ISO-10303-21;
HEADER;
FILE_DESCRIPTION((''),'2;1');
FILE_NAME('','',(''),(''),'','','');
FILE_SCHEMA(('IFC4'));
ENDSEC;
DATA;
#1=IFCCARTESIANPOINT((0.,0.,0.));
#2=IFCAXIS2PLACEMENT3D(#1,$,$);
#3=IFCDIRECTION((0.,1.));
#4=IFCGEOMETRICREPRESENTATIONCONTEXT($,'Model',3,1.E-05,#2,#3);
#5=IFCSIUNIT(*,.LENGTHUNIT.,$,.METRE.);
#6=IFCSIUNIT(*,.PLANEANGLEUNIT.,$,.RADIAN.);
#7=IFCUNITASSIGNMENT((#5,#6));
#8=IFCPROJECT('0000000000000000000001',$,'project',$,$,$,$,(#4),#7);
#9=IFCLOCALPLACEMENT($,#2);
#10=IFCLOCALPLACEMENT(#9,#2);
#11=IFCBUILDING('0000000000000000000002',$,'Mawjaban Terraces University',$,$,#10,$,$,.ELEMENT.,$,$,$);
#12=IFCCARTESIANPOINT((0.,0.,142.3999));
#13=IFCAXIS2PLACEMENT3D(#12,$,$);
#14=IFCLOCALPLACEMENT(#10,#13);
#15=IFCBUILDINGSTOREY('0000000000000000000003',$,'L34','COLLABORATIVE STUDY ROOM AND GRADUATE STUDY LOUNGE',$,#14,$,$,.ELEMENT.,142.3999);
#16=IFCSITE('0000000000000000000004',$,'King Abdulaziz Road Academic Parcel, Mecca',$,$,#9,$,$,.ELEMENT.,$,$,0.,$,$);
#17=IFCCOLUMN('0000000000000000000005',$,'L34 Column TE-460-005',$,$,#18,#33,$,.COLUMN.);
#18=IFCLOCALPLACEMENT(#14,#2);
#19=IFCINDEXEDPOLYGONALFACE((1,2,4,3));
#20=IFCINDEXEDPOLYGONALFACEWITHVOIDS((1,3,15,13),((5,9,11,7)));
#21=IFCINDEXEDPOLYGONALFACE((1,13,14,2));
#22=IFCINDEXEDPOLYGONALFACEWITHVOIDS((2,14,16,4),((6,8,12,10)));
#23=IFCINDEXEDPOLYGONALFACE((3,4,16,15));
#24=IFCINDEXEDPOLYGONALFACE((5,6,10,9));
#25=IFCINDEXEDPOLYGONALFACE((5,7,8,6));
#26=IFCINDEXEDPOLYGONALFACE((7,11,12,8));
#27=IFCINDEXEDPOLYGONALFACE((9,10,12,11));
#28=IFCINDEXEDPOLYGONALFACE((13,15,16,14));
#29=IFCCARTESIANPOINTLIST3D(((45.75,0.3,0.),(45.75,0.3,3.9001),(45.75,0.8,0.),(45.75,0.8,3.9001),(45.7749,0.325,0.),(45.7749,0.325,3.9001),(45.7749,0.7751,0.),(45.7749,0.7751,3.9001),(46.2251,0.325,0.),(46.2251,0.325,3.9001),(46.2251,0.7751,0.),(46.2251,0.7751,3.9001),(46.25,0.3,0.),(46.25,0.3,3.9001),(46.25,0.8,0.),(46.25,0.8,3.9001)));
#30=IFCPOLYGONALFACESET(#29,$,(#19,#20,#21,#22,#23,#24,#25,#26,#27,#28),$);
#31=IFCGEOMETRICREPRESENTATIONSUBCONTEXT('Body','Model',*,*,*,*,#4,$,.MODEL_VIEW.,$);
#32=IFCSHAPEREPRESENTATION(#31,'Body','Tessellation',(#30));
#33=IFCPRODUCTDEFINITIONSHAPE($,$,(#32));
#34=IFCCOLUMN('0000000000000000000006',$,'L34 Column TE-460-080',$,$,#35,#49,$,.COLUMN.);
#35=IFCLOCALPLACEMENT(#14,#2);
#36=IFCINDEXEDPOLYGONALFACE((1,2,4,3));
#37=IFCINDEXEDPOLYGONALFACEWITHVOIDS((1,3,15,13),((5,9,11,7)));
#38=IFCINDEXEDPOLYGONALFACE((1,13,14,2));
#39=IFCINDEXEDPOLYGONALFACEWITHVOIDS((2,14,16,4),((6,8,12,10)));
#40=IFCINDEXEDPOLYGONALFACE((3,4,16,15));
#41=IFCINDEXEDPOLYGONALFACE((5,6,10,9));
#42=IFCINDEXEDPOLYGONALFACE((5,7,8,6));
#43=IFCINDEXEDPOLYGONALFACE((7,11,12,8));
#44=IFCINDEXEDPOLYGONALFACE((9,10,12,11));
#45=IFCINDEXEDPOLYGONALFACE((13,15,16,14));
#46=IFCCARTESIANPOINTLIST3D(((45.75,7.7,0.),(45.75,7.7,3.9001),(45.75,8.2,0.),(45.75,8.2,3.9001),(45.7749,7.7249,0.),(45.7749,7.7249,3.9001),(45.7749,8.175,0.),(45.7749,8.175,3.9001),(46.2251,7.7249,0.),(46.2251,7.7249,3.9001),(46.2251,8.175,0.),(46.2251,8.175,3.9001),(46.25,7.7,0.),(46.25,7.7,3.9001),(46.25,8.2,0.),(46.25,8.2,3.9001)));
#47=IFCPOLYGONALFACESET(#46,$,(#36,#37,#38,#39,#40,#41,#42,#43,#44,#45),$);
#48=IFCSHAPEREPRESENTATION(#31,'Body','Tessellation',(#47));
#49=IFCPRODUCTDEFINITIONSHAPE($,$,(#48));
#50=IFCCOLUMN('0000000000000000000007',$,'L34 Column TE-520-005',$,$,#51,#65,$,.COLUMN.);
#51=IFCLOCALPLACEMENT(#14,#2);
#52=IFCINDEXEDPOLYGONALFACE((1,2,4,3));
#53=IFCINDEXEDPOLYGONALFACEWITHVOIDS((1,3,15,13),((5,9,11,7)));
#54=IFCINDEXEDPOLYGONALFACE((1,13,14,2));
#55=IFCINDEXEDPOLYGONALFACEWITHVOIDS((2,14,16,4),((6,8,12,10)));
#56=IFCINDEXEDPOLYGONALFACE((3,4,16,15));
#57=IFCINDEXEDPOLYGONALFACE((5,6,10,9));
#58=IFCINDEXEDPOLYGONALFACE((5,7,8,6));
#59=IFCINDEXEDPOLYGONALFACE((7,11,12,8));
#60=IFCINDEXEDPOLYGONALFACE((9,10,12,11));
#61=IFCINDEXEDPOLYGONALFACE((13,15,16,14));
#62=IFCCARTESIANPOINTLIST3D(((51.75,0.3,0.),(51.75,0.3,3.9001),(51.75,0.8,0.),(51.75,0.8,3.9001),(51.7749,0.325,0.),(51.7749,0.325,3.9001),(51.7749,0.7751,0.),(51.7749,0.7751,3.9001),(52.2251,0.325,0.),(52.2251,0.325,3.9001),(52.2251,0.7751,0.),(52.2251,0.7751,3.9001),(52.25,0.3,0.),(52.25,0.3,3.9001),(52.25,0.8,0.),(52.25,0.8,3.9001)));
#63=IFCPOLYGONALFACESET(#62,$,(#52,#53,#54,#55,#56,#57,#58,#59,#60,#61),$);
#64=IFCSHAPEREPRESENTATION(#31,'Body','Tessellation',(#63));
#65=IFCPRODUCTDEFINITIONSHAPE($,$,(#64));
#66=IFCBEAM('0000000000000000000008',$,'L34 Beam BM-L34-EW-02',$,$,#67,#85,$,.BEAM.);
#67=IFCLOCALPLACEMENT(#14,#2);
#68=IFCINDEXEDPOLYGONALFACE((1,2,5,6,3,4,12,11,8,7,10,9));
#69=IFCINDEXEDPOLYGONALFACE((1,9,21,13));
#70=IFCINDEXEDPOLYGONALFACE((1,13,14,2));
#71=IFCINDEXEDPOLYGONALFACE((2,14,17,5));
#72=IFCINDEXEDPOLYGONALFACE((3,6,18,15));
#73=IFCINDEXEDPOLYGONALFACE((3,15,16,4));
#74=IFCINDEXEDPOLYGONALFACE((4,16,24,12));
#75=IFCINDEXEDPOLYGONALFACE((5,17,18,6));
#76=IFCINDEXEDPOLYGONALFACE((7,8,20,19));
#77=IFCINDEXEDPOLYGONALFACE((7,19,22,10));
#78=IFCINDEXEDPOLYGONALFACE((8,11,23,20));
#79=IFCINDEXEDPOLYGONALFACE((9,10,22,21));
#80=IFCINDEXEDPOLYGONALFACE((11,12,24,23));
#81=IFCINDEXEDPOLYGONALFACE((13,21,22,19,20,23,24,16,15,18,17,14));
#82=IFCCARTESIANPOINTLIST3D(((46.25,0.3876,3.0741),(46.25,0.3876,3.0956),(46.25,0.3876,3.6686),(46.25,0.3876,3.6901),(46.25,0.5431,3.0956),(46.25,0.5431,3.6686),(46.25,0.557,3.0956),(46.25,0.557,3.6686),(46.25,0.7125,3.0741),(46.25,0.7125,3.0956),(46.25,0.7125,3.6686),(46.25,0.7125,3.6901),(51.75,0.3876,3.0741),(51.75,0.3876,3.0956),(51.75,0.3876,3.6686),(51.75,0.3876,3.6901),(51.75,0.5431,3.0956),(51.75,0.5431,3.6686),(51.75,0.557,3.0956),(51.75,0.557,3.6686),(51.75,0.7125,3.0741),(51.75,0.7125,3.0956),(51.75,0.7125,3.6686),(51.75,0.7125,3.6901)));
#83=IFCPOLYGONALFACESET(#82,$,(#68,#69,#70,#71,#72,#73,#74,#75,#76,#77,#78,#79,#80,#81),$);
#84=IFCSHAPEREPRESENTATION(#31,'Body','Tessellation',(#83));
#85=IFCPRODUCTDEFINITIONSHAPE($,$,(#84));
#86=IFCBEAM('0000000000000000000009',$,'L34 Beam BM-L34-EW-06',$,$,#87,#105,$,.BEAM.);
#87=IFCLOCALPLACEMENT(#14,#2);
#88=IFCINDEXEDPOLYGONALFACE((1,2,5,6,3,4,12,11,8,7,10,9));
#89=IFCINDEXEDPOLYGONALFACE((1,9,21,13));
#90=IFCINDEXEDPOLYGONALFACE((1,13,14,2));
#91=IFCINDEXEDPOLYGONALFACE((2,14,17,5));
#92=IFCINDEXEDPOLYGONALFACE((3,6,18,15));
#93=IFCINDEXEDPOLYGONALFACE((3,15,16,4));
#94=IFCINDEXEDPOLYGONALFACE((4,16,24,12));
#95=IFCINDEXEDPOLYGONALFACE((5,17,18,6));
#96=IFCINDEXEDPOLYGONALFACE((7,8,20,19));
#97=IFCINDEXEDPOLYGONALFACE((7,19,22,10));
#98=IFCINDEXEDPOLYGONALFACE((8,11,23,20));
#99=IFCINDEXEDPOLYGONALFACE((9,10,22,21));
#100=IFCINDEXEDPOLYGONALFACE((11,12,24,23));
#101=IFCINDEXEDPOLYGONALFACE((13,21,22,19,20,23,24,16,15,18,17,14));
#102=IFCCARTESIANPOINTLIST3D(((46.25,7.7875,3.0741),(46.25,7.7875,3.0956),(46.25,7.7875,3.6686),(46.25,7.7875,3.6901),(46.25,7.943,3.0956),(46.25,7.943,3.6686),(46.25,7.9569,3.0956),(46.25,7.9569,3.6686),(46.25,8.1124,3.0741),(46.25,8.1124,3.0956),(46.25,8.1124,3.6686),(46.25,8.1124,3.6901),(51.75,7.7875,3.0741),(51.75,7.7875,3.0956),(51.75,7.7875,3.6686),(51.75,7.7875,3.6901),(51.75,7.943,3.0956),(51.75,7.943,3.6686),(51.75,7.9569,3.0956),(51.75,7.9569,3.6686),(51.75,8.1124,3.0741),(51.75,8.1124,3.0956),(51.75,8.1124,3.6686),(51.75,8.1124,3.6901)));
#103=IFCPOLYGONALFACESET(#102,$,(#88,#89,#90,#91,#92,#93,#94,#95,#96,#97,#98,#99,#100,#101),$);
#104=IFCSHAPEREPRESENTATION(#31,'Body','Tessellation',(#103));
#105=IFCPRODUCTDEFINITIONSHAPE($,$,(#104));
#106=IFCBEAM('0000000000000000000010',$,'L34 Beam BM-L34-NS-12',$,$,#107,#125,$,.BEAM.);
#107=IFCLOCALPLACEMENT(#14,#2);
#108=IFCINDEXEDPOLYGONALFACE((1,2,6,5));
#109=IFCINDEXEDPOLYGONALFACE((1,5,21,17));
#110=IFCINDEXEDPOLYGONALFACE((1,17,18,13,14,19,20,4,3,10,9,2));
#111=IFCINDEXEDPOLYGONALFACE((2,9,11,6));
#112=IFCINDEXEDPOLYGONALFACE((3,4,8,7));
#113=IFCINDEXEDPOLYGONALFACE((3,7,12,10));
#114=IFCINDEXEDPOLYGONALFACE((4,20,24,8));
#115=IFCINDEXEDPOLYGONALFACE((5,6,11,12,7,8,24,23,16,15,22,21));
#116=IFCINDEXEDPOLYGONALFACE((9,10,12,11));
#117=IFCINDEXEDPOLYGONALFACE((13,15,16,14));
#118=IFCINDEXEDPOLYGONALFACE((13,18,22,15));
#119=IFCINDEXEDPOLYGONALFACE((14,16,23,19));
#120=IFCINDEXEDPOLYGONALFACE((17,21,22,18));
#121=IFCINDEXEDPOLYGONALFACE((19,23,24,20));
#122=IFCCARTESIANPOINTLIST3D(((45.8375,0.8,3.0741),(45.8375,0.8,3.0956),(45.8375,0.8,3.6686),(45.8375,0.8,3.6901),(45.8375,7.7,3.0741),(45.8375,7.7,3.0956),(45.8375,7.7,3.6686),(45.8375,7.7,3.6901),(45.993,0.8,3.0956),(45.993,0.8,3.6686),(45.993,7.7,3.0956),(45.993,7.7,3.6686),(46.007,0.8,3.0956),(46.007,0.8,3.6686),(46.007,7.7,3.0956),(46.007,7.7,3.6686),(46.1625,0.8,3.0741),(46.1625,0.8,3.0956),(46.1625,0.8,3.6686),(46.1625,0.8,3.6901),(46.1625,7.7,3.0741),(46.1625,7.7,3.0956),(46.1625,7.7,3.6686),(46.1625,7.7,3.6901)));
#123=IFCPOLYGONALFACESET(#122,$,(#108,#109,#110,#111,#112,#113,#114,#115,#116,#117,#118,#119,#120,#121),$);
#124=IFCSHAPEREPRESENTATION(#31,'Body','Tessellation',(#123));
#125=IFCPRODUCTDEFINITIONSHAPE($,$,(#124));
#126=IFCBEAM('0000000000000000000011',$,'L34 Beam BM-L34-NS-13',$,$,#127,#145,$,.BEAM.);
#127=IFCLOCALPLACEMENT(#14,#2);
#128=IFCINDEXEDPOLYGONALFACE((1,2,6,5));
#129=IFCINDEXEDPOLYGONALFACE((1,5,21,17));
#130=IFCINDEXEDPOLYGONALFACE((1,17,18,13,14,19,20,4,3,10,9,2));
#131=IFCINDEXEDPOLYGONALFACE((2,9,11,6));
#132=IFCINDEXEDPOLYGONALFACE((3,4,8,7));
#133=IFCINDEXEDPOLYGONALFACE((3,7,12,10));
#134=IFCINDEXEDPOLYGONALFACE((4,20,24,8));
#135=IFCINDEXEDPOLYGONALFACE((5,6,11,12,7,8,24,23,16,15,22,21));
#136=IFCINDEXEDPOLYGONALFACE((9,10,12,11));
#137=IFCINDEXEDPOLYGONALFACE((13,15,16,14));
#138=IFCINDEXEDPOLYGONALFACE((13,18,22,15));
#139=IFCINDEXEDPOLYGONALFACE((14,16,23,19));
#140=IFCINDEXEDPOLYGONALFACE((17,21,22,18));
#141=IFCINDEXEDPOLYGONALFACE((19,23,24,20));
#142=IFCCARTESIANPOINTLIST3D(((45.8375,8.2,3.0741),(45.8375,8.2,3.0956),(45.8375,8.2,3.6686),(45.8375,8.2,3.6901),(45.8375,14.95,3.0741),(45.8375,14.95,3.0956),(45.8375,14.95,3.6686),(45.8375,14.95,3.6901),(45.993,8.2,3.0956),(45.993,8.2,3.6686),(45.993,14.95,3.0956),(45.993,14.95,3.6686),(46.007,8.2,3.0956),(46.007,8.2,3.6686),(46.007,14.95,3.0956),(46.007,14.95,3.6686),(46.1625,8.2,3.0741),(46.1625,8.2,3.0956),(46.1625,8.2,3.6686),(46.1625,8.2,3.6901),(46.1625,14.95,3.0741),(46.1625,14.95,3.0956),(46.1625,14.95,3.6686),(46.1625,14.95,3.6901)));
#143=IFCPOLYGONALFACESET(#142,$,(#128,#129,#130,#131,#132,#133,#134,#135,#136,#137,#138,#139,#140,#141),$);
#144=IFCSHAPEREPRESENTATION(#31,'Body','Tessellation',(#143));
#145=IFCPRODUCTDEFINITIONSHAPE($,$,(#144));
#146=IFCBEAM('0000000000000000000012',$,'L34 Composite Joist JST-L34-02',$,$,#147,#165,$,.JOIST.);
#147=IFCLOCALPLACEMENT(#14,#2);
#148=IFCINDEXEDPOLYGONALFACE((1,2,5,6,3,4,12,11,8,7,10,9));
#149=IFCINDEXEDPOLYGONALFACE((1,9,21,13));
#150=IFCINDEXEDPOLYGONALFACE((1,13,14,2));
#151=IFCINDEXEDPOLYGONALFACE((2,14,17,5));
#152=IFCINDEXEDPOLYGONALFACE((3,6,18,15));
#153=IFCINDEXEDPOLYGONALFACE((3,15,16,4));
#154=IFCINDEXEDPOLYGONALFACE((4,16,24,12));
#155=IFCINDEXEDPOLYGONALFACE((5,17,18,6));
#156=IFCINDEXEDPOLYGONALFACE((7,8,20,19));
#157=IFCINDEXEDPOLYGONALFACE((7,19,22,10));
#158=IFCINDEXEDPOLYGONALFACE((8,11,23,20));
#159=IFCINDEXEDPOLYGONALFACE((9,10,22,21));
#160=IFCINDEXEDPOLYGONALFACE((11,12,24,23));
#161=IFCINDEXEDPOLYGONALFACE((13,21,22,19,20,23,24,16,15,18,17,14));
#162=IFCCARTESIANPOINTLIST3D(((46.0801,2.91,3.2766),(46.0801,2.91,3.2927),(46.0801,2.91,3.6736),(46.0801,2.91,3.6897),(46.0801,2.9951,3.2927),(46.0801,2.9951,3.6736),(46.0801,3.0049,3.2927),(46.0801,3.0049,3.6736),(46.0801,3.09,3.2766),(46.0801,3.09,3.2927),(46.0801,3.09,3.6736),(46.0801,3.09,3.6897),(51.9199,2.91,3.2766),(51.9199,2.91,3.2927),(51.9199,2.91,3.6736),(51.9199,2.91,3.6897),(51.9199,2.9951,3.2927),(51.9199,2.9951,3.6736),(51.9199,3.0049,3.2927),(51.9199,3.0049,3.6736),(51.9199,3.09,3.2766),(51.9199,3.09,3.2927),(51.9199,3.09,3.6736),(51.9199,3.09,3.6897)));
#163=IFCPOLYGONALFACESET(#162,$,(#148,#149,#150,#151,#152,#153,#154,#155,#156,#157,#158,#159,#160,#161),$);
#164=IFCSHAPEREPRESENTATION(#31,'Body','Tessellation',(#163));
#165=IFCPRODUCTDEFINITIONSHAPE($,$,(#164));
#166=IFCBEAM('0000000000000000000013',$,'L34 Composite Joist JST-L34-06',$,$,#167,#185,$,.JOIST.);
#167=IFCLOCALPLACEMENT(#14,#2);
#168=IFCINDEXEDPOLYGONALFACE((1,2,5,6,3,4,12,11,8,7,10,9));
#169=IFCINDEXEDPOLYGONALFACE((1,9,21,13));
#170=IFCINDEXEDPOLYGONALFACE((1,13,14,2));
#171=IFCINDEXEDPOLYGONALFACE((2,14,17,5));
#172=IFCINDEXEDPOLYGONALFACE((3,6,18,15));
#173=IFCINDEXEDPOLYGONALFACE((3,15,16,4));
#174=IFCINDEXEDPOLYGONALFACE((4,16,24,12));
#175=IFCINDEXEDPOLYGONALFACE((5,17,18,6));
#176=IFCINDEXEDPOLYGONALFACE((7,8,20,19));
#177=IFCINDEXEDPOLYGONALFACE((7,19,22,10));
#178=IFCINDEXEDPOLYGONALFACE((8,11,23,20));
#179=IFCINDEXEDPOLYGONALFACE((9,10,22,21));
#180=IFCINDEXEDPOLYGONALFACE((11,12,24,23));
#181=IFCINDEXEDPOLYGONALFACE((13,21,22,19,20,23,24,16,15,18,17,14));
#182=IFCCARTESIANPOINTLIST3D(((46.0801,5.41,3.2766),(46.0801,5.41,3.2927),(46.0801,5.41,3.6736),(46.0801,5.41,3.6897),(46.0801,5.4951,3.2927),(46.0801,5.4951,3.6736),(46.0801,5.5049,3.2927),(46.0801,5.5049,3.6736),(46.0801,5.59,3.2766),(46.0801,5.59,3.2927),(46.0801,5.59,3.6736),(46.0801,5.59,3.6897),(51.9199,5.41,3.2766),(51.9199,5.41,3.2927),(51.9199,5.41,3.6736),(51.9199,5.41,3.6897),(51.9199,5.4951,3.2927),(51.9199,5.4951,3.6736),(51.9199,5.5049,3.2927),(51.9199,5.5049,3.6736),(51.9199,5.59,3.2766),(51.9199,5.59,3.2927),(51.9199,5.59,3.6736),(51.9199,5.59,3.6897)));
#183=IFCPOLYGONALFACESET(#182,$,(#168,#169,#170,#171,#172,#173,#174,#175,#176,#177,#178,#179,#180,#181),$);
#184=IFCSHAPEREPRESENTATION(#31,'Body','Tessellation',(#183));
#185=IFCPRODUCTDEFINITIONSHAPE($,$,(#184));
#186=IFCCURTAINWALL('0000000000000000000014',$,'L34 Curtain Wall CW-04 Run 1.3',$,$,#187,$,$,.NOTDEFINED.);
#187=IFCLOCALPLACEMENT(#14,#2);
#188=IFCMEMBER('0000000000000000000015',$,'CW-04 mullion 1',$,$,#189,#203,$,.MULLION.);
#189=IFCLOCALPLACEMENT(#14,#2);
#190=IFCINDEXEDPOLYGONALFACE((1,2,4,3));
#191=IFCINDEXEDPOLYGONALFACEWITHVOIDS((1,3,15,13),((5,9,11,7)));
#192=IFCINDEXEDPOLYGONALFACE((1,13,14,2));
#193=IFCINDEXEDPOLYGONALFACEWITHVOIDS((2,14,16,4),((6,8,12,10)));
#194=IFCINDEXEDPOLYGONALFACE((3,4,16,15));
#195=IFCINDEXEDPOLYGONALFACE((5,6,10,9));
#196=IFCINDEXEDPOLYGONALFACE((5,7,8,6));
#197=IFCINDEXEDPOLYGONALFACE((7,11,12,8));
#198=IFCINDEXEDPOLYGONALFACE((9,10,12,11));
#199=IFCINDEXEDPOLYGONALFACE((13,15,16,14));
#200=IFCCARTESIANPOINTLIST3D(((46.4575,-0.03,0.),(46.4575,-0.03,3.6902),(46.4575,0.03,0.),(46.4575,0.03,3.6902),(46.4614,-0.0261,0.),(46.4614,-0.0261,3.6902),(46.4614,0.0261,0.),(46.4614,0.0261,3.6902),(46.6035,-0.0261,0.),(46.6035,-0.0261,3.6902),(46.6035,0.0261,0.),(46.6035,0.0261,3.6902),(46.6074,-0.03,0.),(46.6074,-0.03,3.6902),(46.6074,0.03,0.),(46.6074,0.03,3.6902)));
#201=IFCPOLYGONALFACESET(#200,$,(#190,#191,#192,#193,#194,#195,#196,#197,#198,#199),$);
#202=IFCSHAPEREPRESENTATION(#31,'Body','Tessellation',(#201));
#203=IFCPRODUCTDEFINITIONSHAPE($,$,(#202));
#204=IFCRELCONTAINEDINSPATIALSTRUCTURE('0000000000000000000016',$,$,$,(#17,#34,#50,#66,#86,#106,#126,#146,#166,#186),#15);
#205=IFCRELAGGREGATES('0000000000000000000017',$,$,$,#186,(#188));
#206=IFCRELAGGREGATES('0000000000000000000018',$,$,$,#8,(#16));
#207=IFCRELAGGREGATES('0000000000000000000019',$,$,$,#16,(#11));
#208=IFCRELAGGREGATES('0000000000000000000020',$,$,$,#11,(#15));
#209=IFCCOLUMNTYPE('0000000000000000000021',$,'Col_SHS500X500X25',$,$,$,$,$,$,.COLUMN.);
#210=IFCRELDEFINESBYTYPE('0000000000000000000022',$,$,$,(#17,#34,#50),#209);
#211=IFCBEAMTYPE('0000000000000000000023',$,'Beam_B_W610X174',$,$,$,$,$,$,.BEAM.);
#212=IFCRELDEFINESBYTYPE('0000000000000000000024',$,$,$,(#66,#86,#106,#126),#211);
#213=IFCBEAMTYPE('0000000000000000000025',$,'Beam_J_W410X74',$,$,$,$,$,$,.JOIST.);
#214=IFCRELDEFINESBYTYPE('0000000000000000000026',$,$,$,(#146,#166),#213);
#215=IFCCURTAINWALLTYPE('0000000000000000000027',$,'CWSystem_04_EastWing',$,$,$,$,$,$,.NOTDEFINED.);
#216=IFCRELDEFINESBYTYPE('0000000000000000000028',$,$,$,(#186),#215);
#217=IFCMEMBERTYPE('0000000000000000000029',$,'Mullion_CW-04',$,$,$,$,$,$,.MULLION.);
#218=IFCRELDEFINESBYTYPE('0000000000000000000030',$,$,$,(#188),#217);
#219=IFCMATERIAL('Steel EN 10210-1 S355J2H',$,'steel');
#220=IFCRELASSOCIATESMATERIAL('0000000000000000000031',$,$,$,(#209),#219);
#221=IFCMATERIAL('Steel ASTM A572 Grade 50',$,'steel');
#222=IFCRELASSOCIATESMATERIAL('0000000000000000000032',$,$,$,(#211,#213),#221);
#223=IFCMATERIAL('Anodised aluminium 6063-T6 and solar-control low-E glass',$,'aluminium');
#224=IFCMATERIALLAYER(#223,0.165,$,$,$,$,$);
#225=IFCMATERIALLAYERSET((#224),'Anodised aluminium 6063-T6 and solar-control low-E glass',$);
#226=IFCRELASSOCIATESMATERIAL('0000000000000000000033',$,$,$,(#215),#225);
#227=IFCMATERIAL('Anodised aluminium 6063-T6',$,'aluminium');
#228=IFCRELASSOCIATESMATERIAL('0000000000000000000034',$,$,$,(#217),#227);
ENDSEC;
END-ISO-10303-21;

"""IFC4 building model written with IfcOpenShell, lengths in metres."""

from ifc_helpers import new_model, si_unit, direction, frame, origin, origin_2d, place, context, subcontext, project, spatial, hollow_rectangle, i_section, extrude, material, layer, layer_set, material_profile, profile_set, type_object, element, aggregate, save


model = new_model("IFC4")

# Units and contexts
model_context = context("Model", 3, precision=1e-05, world=origin(), true_north=direction((0.0, 1.0)))
body_context = subcontext(model_context, "Body", "Model", "MODEL_VIEW")
ifc_project = project(units=[si_unit("LENGTHUNIT", "METRE"), si_unit("PLANEANGLEUNIT", "RADIAN")], contexts=[model_context])

# Site, building, storey
site_placement = place(None, origin())
site = spatial("IfcSite", under=ifc_project, at=site_placement, Name="King Abdulaziz Road Academic Parcel, Mecca", CompositionType="ELEMENT", RefElevation=0.0)
building_placement = place(site_placement, origin())
building = spatial("IfcBuilding", under=site, at=building_placement, Name="Mawjaban Terraces University", CompositionType="ELEMENT")
storey_placement = place(building_placement, frame((0.0, 0.0, 142.3999)))
storey = spatial("IfcBuildingStorey", under=building, at=storey_placement, Name="L34", Description="COLLABORATIVE STUDY ROOM AND GRADUATE STUDY LOUNGE", CompositionType="ELEMENT", Elevation=142.3999)

# Columns
ifc_material_1 = material(Name="Steel EN 10210-1 S355J2H", Category="steel")
ifc_material_profile_1 = material_profile(ifc_material_1, hollow_rectangle(XDim=0.5, YDim=0.5, WallThickness=0.0249, at=origin_2d()), Name="SHS500X500X25")
ifc_profile_set_1 = profile_set([ifc_material_profile_1], Name="Steel EN 10210-1 S355J2H")
column_type = type_object("IfcColumnType", Name="Col_SHS500X500X25", PredefinedType="COLUMN", material=ifc_profile_set_1)
for number, where, z_axis, x_axis, name in (
    (1, (46.0, 0.55, 0.0), (0.0, 0.0, 1.0), (1.0, 0.0, 0.0), "L34 Column TE-460-005"),
    (2, (46.0, 7.95, 0.0), (0.0, 0.0, 1.0), (1.0, 0.0, 0.0), "L34 Column TE-460-080"),
    (3, (52.0, 0.55, 0.0), (0.0, 0.0, 1.0), (1.0, 0.0, 0.0), "L34 Column TE-520-005"),
):
    element("IfcColumn", number, at=place(storey_placement, frame(where, z_axis=z_axis, x_axis=x_axis)), inside=storey, type_object=column_type, Name=name, PredefinedType="COLUMN", context=body_context, shape_type="SweptSolid", body=[
        extrude(hollow_rectangle(XDim=0.5, YDim=0.5, WallThickness=0.0249, at=origin_2d()), origin(), (0.0, 0.0, 1.0), 3.9001),
    ])

# Beams
ifc_material_2 = material(Name="Steel ASTM A572 Grade 50", Category="steel")
ifc_material_profile_2 = material_profile(ifc_material_2, i_section(OverallWidth=0.325, OverallDepth=0.616, WebThickness=0.0139, FlangeThickness=0.0215, at=origin_2d()), Name="W610X174")
ifc_profile_set_2 = profile_set([ifc_material_profile_2], Name="Steel ASTM A572 Grade 50")
beam_type_1 = type_object("IfcBeamType", Name="Beam_B_W610X174", PredefinedType="BEAM", material=ifc_profile_set_2)
for number, where, z_axis, x_axis, name in (
    (4, (46.25, 0.55, 3.3821), (1.0, 0.0, 0.0), (0.0, 1.0, 0.0), "L34 Beam BM-L34-EW-02"),
    (5, (46.25, 7.95, 3.3821), (1.0, 0.0, 0.0), (0.0, 1.0, 0.0), "L34 Beam BM-L34-EW-06"),
):
    element("IfcBeam", number, at=place(storey_placement, frame(where, z_axis=z_axis, x_axis=x_axis)), inside=storey, type_object=beam_type_1, Name=name, PredefinedType="BEAM", context=body_context, shape_type="SweptSolid", body=[
        extrude(i_section(OverallWidth=0.325, OverallDepth=0.616, WebThickness=0.0139, FlangeThickness=0.0215, at=origin_2d()), origin(), (0.0, 0.0, 1.0), 5.5),
    ])
beam_1_placement = place(storey_placement, frame((46.0, 0.8, 3.3821), z_axis=(0.0, 1.0, 0.0), x_axis=(-1.0, 0.0, 0.0)))
element("IfcBeam", 6, at=beam_1_placement, inside=storey, type_object=beam_type_1, Name="L34 Beam BM-L34-NS-12", PredefinedType="BEAM", context=body_context, shape_type="SweptSolid", body=[
    extrude(i_section(OverallWidth=0.325, OverallDepth=0.616, WebThickness=0.0139, FlangeThickness=0.0215, at=origin_2d()), origin(), (0.0, 0.0, 1.0), 6.8999),
])
beam_2_placement = place(storey_placement, frame((46.0, 8.2, 3.3821), z_axis=(0.0, 1.0, 0.0), x_axis=(-1.0, 0.0, 0.0)))
element("IfcBeam", 7, at=beam_2_placement, inside=storey, type_object=beam_type_1, Name="L34 Beam BM-L34-NS-13", PredefinedType="BEAM", context=body_context, shape_type="SweptSolid", body=[
    extrude(i_section(OverallWidth=0.325, OverallDepth=0.616, WebThickness=0.0139, FlangeThickness=0.0215, at=origin_2d()), origin(), (0.0, 0.0, 1.0), 6.75),
])
ifc_material_profile_3 = material_profile(ifc_material_2, i_section(OverallWidth=0.1799, OverallDepth=0.4131, WebThickness=0.0098, FlangeThickness=0.0161, at=origin_2d()), Name="W410X74")
ifc_profile_set_3 = profile_set([ifc_material_profile_3], Name="Steel ASTM A572 Grade 50")
beam_type_2 = type_object("IfcBeamType", Name="Beam_J_W410X74", PredefinedType="JOIST", material=ifc_profile_set_3)
for number, where, z_axis, x_axis, name in (
    (8, (46.0801, 3.0, 3.4832), (1.0, 0.0, 0.0), (0.0, 1.0, 0.0), "L34 Composite Joist JST-L34-02"),
    (9, (46.0801, 5.5, 3.4832), (1.0, 0.0, 0.0), (0.0, 1.0, 0.0), "L34 Composite Joist JST-L34-06"),
):
    element("IfcBeam", number, at=place(storey_placement, frame(where, z_axis=z_axis, x_axis=x_axis)), inside=storey, type_object=beam_type_2, Name=name, PredefinedType="JOIST", context=body_context, shape_type="SweptSolid", body=[
        extrude(i_section(OverallWidth=0.1799, OverallDepth=0.4131, WebThickness=0.0098, FlangeThickness=0.0161, at=origin_2d()), origin(), (0.0, 0.0, 1.0), 5.8398),
    ])

# Curtain wall, member
ifc_material_3 = material(Name="Anodised aluminium 6063-T6 and solar-control low-E glass", Category="aluminium")
ifc_layer_1 = layer(ifc_material_3, 0.165)
ifc_layer_set_1 = layer_set([ifc_layer_1], Name="Anodised aluminium 6063-T6 and solar-control low-E glass")
curtain_wall_type = type_object("IfcCurtainWallType", Name="CWSystem_04_EastWing", PredefinedType="NOTDEFINED", material=ifc_layer_set_1)
curtain_wall_placement = place(storey_placement, origin())
curtain_wall = element("IfcCurtainWall", 10, at=curtain_wall_placement, inside=storey, type_object=curtain_wall_type, Name="L34 Curtain Wall CW-04 Run 1.3", PredefinedType="NOTDEFINED")
ifc_material_4 = material(Name="Anodised aluminium 6063-T6", Category="aluminium")
ifc_material_profile_4 = material_profile(ifc_material_4, hollow_rectangle(XDim=0.0601, YDim=0.1499, WallThickness=0.0039, at=origin_2d()), Name="ALU150X60X4")
ifc_profile_set_4 = profile_set([ifc_material_profile_4], Name="Anodised aluminium 6063-T6")
member_type_1 = type_object("IfcMemberType", Name="Mullion_CW-04", PredefinedType="MULLION", material=ifc_profile_set_4)
member_1_placement = place(storey_placement, frame((46.5325, 0.0, 0.0), z_axis=(0.0, 0.0, 1.0), x_axis=(0.0, 1.0, 0.0)))
member_1 = element("IfcMember", 11, at=member_1_placement, type_object=member_type_1, Name="CW-04 mullion 1", PredefinedType="MULLION", context=body_context, shape_type="SweptSolid", body=[
    extrude(hollow_rectangle(XDim=0.0601, YDim=0.1499, WallThickness=0.0039, at=origin_2d()), origin(), (0.0, 0.0, 1.0), 3.6902),
])
aggregate(curtain_wall, [member_1])

save(model, "model.ifc")
